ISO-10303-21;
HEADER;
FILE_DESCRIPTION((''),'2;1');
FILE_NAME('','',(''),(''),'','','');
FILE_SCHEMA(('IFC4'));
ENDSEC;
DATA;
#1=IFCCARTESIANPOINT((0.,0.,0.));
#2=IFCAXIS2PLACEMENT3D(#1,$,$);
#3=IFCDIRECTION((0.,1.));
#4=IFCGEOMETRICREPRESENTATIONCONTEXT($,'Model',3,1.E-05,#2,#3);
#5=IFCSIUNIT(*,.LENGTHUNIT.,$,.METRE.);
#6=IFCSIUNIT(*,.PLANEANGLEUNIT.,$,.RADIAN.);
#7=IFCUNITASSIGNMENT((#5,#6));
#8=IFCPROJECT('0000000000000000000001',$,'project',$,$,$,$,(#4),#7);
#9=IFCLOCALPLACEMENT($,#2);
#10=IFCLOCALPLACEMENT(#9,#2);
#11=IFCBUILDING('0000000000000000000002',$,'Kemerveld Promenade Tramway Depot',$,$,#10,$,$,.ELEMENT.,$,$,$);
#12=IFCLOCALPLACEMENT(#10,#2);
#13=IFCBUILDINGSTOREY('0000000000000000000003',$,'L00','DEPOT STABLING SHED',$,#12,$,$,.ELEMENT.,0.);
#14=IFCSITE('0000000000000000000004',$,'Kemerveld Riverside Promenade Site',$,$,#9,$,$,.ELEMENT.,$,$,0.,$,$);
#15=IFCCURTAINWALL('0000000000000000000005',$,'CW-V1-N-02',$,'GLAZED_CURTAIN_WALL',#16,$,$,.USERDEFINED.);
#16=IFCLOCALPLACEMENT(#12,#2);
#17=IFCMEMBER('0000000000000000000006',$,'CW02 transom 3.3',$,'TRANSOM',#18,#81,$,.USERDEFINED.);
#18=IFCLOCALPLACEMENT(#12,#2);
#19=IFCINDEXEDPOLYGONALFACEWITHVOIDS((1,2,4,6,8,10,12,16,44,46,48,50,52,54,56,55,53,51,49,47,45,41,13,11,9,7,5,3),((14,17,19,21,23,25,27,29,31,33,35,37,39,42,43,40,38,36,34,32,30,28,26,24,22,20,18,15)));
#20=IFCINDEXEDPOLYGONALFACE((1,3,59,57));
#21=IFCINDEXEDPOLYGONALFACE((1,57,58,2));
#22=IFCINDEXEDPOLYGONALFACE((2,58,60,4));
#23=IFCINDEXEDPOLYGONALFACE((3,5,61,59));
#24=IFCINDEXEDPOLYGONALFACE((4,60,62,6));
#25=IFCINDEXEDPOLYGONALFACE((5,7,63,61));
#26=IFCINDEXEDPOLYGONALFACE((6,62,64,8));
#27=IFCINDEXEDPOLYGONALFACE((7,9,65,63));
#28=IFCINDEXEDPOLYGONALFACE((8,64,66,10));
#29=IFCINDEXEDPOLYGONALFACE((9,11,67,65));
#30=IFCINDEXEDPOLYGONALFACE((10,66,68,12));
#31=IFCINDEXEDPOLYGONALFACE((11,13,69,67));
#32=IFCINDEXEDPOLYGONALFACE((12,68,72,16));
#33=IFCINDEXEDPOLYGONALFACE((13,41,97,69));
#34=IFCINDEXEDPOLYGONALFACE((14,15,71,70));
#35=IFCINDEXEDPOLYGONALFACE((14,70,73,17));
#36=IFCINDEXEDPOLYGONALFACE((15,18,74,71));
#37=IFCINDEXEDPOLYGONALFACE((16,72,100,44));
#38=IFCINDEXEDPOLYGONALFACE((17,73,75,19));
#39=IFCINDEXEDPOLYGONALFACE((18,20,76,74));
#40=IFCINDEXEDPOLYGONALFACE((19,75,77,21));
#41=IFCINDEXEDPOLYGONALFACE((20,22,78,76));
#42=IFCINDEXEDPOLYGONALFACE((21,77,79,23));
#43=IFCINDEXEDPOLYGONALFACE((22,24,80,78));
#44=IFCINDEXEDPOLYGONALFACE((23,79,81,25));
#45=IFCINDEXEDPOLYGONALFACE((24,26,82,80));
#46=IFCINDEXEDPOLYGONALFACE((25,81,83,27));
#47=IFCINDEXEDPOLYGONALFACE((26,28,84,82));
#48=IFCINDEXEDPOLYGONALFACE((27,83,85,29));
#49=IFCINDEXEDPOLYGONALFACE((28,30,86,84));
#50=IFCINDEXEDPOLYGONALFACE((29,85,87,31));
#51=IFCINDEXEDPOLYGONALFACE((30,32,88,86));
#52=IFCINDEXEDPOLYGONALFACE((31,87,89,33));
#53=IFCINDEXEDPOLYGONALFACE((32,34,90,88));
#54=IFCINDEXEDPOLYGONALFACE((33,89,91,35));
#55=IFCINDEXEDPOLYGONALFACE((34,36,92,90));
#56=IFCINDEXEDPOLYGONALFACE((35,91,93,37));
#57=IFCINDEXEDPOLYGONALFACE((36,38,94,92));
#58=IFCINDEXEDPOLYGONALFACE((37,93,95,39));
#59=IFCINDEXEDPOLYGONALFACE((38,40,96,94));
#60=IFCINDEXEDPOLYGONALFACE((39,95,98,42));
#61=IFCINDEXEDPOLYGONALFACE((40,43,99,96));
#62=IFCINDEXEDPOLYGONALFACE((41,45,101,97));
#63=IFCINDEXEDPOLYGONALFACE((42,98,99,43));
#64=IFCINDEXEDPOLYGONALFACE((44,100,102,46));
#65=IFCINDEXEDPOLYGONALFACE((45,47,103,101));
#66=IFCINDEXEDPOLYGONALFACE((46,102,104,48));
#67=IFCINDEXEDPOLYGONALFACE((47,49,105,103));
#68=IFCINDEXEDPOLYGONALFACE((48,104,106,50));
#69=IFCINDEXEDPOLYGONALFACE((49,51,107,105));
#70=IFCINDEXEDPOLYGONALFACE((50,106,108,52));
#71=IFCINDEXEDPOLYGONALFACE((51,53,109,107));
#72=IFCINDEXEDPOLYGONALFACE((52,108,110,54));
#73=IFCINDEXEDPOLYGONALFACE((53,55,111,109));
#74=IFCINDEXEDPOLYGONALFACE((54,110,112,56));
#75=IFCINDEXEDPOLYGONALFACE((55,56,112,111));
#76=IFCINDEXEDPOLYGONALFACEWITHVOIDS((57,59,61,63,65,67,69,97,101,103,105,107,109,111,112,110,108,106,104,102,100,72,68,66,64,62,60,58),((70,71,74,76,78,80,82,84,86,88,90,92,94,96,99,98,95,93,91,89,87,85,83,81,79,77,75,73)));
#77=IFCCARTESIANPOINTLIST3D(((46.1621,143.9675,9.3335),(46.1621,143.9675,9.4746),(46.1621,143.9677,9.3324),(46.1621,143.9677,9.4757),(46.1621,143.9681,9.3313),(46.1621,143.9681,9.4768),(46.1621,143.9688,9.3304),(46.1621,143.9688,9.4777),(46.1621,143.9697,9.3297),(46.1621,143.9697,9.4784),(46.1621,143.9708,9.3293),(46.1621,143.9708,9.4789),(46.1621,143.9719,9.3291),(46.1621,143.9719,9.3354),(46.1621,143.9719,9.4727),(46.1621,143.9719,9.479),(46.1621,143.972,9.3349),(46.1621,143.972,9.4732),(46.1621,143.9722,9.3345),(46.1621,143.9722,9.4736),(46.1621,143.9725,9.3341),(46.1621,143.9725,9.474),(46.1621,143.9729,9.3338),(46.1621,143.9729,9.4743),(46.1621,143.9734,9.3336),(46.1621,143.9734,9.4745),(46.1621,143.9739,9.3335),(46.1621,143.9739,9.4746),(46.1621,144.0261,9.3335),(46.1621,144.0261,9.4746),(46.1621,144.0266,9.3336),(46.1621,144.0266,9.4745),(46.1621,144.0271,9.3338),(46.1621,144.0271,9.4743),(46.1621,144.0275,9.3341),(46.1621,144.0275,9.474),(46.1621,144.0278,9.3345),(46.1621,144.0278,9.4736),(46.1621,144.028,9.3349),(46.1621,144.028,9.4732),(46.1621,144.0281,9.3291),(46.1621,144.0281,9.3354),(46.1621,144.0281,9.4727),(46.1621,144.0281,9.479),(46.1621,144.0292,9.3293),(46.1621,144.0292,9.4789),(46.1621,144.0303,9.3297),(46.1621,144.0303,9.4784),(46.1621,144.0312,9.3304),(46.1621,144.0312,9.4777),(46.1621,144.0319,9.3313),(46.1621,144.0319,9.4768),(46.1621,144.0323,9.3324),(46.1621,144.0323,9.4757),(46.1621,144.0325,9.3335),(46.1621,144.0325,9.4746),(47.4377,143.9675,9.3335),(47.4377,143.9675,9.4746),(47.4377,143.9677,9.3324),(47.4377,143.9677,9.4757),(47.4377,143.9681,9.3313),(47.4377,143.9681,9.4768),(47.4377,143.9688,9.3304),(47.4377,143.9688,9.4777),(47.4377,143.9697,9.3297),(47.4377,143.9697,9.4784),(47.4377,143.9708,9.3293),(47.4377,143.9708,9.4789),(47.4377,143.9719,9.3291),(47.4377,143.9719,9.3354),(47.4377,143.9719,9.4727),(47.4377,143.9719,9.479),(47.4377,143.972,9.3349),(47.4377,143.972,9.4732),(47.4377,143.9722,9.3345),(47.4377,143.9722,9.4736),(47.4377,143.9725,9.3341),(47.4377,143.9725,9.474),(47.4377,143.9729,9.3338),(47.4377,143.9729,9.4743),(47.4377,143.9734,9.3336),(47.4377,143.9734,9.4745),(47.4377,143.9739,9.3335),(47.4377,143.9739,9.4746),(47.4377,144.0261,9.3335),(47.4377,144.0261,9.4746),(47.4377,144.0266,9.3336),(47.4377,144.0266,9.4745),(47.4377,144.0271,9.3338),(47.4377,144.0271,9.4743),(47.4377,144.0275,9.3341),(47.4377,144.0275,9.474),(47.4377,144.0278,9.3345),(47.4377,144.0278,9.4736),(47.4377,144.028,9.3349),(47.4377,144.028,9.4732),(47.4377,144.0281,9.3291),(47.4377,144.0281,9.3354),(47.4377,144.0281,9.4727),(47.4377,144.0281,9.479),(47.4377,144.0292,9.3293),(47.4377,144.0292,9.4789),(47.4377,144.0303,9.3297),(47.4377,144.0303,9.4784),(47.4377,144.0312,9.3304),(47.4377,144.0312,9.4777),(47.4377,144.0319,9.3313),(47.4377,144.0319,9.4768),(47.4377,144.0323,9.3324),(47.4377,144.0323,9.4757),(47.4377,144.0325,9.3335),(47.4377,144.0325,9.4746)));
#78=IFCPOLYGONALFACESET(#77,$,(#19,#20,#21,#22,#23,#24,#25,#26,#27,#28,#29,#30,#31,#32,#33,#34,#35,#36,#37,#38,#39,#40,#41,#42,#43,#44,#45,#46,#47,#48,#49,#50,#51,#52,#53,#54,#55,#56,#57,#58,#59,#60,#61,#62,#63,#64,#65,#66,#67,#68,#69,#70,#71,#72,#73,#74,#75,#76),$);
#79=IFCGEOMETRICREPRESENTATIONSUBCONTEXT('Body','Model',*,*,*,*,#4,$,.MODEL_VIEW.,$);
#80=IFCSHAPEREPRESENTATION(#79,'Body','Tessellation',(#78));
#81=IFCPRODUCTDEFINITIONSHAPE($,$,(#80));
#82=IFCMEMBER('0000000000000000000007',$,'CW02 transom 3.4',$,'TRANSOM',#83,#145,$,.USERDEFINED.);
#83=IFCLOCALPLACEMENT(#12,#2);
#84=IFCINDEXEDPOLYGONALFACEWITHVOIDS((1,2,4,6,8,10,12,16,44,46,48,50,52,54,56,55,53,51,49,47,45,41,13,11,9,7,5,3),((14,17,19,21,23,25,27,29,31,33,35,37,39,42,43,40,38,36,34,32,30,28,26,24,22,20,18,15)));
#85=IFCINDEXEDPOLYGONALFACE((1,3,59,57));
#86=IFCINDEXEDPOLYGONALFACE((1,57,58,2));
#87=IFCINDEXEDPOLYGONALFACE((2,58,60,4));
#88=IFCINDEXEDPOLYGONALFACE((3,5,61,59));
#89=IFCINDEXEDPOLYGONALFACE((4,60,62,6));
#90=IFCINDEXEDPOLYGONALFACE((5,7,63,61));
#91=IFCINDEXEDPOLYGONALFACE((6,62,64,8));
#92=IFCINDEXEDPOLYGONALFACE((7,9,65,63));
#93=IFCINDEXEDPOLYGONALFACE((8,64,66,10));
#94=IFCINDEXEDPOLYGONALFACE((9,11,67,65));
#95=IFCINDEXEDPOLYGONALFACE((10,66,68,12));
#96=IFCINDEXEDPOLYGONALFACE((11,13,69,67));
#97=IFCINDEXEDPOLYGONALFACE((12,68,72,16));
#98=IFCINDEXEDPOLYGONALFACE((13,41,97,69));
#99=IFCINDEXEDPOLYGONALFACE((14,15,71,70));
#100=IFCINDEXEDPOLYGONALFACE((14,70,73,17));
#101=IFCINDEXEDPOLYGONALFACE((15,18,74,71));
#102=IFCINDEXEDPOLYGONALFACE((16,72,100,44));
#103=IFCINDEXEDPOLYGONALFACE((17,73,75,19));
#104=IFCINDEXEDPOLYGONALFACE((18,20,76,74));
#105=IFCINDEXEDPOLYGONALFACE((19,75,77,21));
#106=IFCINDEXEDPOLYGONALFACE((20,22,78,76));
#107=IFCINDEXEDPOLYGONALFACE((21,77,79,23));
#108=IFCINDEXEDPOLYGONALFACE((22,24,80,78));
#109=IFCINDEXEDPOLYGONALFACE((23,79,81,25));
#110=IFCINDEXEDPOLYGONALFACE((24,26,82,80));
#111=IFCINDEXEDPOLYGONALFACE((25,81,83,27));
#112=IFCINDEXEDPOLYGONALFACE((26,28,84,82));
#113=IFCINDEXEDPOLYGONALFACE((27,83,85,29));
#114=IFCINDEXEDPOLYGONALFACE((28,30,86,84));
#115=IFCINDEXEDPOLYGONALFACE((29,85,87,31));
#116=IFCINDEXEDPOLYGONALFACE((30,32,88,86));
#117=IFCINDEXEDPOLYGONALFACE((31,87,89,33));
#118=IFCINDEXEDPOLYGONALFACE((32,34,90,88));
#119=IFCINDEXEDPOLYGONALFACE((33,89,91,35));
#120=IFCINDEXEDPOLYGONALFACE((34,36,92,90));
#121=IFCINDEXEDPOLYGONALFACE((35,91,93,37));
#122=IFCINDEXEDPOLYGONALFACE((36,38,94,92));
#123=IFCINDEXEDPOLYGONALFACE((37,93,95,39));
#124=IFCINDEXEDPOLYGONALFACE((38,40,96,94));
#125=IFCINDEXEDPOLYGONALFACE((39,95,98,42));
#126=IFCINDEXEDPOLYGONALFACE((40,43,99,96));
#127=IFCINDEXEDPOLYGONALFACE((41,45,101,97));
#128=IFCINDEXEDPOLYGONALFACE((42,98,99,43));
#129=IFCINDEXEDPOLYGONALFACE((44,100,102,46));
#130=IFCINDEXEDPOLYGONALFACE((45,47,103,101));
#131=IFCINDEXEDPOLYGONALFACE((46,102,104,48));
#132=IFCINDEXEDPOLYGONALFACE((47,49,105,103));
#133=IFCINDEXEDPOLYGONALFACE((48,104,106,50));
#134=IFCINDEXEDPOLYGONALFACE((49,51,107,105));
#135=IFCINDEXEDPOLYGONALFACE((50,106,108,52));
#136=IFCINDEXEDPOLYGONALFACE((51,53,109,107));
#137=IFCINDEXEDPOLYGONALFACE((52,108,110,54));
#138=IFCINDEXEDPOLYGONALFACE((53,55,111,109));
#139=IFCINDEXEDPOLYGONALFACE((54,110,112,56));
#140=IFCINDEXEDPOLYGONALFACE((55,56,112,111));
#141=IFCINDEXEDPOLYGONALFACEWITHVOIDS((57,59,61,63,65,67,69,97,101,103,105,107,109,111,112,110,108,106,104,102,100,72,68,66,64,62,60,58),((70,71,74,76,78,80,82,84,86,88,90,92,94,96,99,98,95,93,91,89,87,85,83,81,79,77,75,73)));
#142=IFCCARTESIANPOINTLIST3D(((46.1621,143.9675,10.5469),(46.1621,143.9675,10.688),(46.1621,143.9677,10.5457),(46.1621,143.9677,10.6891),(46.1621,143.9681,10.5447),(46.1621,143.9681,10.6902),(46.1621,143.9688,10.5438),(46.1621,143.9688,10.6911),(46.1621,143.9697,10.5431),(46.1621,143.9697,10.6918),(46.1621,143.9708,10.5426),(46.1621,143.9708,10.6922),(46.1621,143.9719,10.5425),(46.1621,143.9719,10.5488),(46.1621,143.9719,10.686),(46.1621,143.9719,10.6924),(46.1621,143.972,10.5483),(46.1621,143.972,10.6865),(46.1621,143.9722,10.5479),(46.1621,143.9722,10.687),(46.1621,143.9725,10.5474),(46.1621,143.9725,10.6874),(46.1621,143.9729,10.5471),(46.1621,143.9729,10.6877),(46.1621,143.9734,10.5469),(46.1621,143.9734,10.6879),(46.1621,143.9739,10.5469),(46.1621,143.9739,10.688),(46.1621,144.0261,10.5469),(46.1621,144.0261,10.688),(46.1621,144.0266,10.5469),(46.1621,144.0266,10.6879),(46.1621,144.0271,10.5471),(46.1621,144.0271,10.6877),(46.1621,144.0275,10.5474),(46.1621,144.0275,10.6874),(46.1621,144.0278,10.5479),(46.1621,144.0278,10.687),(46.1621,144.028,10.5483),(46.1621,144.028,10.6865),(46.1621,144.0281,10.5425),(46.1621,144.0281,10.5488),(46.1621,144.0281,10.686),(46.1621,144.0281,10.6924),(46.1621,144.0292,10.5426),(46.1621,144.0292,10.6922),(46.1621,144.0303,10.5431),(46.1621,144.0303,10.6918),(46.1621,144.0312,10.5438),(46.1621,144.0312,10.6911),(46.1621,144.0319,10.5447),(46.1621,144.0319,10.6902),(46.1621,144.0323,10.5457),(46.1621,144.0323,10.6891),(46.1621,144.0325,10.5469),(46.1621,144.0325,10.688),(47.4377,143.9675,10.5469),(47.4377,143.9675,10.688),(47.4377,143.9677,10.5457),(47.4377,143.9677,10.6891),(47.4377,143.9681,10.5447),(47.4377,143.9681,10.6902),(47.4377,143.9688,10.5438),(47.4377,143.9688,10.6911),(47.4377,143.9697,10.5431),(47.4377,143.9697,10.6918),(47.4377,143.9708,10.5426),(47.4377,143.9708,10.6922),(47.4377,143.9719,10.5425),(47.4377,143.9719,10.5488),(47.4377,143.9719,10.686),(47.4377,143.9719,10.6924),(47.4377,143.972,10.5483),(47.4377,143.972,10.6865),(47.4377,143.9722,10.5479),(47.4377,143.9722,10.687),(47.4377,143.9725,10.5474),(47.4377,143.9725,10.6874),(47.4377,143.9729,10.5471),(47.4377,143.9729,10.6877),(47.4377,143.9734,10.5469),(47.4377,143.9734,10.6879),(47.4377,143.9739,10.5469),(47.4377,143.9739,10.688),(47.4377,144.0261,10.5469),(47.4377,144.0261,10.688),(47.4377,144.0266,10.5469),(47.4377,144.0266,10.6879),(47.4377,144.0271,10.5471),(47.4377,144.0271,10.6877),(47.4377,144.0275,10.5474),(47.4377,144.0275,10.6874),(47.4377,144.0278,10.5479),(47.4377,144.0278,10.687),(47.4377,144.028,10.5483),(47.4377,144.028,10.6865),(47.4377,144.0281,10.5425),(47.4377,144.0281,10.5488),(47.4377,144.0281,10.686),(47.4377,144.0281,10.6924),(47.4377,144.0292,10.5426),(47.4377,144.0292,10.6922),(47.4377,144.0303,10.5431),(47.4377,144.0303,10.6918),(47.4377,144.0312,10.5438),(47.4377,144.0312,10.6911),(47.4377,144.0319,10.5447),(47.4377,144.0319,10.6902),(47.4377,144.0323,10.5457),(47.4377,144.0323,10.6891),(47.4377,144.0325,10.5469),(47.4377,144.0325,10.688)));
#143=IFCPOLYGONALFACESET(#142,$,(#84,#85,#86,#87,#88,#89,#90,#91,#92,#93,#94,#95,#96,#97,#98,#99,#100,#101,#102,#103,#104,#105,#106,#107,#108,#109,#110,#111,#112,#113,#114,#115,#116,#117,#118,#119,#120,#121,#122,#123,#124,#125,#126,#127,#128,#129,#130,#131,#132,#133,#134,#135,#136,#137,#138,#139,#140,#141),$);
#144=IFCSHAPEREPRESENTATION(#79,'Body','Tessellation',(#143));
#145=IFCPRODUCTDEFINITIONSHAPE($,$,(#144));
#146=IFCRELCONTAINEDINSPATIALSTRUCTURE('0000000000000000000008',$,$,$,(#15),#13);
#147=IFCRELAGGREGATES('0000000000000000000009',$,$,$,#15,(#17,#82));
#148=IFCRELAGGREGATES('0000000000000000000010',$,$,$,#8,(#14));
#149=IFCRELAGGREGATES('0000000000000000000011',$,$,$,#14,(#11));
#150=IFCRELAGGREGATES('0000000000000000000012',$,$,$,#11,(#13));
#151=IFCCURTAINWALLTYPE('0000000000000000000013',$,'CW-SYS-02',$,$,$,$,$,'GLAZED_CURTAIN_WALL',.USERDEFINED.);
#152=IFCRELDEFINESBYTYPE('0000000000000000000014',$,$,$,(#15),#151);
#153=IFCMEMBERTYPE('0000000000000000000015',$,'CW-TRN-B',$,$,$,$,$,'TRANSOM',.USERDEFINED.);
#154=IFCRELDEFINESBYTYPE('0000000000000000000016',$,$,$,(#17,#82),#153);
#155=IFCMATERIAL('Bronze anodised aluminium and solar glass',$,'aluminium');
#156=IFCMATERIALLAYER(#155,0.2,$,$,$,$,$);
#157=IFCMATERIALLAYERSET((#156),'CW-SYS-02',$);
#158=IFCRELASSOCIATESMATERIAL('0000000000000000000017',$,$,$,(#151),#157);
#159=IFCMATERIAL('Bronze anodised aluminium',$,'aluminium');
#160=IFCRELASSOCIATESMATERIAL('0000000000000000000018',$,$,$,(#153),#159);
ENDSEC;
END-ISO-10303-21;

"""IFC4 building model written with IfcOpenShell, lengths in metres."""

from ifc_helpers import new_model, si_unit, direction, frame, origin, origin_2d, place, context, subcontext, project, spatial, hollow_rectangle, extrude, material, layer, layer_set, material_profile, profile_set, type_object, element, aggregate, save


model = new_model("IFC4")

# Units and contexts
model_context = context("Model", 3, precision=1e-05, world=origin(), true_north=direction((0.0, 1.0)))
body_context = subcontext(model_context, "Body", "Model", "MODEL_VIEW")
ifc_project = project(units=[si_unit("LENGTHUNIT", "METRE"), si_unit("PLANEANGLEUNIT", "RADIAN")], contexts=[model_context])

# Site, building, storey
site_placement = place(None, origin())
site = spatial("IfcSite", under=ifc_project, at=site_placement, Name="Kemerveld Riverside Promenade Site", CompositionType="ELEMENT", RefElevation=0.0)
building_placement = place(site_placement, origin())
building = spatial("IfcBuilding", under=site, at=building_placement, Name="Kemerveld Promenade Tramway Depot", CompositionType="ELEMENT")
storey_placement = place(building_placement, origin())
storey = spatial("IfcBuildingStorey", under=building, at=storey_placement, Name="L00", Description="DEPOT STABLING SHED", CompositionType="ELEMENT", Elevation=0.0)

# Curtain wall, members
ifc_material_1 = material(Name="Bronze anodised aluminium and solar glass", Category="aluminium")
ifc_material_2 = material(Name="Bronze anodised aluminium", Category="aluminium")
ifc_layer_1 = layer(ifc_material_1, 0.2)
ifc_layer_set_1 = layer_set([ifc_layer_1], Name="CW-SYS-02")
curtain_wall_type_1 = type_object("IfcCurtainWallType", Name="CW-SYS-02", ElementType="GLAZED_CURTAIN_WALL", PredefinedType="USERDEFINED", material=ifc_layer_set_1)
curtain_wall_1_placement = place(storey_placement, origin())
curtain_wall_1 = element("IfcCurtainWall", 1, at=curtain_wall_1_placement, inside=storey, type_object=curtain_wall_type_1, Name="CW-V1-N-02", ObjectType="GLAZED_CURTAIN_WALL", PredefinedType="USERDEFINED")
ifc_material_profile_1 = material_profile(ifc_material_2, hollow_rectangle(XDim=0.0649, YDim=0.1499, WallThickness=0.0044, InnerFilletRadius=0.002, OuterFilletRadius=0.0044, at=origin_2d()), Name="CW-TRN-150x65")
ifc_profile_set_1 = profile_set([ifc_material_profile_1], Name="Bronze anodised aluminium")
member_type_1 = type_object("IfcMemberType", Name="CW-TRN-B", ElementType="TRANSOM", PredefinedType="USERDEFINED", material=ifc_profile_set_1)
member_1_placement = place(storey_placement, frame((46.1621, 144.0, 9.4041), z_axis=(1.0, 0.0, 0.0), x_axis=(0.0, 1.0, 0.0)))
member_1 = element("IfcMember", 2, at=member_1_placement, type_object=member_type_1, Name="CW02 transom 3.3", ObjectType="TRANSOM", PredefinedType="USERDEFINED", context=body_context, shape_type="SweptSolid", body=[
    extrude(hollow_rectangle(XDim=0.0649, YDim=0.1499, WallThickness=0.0044, InnerFilletRadius=0.002, OuterFilletRadius=0.0044, at=origin_2d()), origin(), (0.0, 0.0, 1.0), 1.2756),
])
member_2_placement = place(storey_placement, frame((46.1621, 144.0, 10.6174), z_axis=(1.0, 0.0, 0.0), x_axis=(0.0, 1.0, 0.0)))
member_2 = element("IfcMember", 3, at=member_2_placement, type_object=member_type_1, Name="CW02 transom 3.4", ObjectType="TRANSOM", PredefinedType="USERDEFINED", context=body_context, shape_type="SweptSolid", body=[
    extrude(hollow_rectangle(XDim=0.0649, YDim=0.1499, WallThickness=0.0044, InnerFilletRadius=0.002, OuterFilletRadius=0.0044, at=origin_2d()), origin(), (0.0, 0.0, 1.0), 1.2756),
])

aggregate(curtain_wall_1, [member_1, member_2])

save(model, "model.ifc")
